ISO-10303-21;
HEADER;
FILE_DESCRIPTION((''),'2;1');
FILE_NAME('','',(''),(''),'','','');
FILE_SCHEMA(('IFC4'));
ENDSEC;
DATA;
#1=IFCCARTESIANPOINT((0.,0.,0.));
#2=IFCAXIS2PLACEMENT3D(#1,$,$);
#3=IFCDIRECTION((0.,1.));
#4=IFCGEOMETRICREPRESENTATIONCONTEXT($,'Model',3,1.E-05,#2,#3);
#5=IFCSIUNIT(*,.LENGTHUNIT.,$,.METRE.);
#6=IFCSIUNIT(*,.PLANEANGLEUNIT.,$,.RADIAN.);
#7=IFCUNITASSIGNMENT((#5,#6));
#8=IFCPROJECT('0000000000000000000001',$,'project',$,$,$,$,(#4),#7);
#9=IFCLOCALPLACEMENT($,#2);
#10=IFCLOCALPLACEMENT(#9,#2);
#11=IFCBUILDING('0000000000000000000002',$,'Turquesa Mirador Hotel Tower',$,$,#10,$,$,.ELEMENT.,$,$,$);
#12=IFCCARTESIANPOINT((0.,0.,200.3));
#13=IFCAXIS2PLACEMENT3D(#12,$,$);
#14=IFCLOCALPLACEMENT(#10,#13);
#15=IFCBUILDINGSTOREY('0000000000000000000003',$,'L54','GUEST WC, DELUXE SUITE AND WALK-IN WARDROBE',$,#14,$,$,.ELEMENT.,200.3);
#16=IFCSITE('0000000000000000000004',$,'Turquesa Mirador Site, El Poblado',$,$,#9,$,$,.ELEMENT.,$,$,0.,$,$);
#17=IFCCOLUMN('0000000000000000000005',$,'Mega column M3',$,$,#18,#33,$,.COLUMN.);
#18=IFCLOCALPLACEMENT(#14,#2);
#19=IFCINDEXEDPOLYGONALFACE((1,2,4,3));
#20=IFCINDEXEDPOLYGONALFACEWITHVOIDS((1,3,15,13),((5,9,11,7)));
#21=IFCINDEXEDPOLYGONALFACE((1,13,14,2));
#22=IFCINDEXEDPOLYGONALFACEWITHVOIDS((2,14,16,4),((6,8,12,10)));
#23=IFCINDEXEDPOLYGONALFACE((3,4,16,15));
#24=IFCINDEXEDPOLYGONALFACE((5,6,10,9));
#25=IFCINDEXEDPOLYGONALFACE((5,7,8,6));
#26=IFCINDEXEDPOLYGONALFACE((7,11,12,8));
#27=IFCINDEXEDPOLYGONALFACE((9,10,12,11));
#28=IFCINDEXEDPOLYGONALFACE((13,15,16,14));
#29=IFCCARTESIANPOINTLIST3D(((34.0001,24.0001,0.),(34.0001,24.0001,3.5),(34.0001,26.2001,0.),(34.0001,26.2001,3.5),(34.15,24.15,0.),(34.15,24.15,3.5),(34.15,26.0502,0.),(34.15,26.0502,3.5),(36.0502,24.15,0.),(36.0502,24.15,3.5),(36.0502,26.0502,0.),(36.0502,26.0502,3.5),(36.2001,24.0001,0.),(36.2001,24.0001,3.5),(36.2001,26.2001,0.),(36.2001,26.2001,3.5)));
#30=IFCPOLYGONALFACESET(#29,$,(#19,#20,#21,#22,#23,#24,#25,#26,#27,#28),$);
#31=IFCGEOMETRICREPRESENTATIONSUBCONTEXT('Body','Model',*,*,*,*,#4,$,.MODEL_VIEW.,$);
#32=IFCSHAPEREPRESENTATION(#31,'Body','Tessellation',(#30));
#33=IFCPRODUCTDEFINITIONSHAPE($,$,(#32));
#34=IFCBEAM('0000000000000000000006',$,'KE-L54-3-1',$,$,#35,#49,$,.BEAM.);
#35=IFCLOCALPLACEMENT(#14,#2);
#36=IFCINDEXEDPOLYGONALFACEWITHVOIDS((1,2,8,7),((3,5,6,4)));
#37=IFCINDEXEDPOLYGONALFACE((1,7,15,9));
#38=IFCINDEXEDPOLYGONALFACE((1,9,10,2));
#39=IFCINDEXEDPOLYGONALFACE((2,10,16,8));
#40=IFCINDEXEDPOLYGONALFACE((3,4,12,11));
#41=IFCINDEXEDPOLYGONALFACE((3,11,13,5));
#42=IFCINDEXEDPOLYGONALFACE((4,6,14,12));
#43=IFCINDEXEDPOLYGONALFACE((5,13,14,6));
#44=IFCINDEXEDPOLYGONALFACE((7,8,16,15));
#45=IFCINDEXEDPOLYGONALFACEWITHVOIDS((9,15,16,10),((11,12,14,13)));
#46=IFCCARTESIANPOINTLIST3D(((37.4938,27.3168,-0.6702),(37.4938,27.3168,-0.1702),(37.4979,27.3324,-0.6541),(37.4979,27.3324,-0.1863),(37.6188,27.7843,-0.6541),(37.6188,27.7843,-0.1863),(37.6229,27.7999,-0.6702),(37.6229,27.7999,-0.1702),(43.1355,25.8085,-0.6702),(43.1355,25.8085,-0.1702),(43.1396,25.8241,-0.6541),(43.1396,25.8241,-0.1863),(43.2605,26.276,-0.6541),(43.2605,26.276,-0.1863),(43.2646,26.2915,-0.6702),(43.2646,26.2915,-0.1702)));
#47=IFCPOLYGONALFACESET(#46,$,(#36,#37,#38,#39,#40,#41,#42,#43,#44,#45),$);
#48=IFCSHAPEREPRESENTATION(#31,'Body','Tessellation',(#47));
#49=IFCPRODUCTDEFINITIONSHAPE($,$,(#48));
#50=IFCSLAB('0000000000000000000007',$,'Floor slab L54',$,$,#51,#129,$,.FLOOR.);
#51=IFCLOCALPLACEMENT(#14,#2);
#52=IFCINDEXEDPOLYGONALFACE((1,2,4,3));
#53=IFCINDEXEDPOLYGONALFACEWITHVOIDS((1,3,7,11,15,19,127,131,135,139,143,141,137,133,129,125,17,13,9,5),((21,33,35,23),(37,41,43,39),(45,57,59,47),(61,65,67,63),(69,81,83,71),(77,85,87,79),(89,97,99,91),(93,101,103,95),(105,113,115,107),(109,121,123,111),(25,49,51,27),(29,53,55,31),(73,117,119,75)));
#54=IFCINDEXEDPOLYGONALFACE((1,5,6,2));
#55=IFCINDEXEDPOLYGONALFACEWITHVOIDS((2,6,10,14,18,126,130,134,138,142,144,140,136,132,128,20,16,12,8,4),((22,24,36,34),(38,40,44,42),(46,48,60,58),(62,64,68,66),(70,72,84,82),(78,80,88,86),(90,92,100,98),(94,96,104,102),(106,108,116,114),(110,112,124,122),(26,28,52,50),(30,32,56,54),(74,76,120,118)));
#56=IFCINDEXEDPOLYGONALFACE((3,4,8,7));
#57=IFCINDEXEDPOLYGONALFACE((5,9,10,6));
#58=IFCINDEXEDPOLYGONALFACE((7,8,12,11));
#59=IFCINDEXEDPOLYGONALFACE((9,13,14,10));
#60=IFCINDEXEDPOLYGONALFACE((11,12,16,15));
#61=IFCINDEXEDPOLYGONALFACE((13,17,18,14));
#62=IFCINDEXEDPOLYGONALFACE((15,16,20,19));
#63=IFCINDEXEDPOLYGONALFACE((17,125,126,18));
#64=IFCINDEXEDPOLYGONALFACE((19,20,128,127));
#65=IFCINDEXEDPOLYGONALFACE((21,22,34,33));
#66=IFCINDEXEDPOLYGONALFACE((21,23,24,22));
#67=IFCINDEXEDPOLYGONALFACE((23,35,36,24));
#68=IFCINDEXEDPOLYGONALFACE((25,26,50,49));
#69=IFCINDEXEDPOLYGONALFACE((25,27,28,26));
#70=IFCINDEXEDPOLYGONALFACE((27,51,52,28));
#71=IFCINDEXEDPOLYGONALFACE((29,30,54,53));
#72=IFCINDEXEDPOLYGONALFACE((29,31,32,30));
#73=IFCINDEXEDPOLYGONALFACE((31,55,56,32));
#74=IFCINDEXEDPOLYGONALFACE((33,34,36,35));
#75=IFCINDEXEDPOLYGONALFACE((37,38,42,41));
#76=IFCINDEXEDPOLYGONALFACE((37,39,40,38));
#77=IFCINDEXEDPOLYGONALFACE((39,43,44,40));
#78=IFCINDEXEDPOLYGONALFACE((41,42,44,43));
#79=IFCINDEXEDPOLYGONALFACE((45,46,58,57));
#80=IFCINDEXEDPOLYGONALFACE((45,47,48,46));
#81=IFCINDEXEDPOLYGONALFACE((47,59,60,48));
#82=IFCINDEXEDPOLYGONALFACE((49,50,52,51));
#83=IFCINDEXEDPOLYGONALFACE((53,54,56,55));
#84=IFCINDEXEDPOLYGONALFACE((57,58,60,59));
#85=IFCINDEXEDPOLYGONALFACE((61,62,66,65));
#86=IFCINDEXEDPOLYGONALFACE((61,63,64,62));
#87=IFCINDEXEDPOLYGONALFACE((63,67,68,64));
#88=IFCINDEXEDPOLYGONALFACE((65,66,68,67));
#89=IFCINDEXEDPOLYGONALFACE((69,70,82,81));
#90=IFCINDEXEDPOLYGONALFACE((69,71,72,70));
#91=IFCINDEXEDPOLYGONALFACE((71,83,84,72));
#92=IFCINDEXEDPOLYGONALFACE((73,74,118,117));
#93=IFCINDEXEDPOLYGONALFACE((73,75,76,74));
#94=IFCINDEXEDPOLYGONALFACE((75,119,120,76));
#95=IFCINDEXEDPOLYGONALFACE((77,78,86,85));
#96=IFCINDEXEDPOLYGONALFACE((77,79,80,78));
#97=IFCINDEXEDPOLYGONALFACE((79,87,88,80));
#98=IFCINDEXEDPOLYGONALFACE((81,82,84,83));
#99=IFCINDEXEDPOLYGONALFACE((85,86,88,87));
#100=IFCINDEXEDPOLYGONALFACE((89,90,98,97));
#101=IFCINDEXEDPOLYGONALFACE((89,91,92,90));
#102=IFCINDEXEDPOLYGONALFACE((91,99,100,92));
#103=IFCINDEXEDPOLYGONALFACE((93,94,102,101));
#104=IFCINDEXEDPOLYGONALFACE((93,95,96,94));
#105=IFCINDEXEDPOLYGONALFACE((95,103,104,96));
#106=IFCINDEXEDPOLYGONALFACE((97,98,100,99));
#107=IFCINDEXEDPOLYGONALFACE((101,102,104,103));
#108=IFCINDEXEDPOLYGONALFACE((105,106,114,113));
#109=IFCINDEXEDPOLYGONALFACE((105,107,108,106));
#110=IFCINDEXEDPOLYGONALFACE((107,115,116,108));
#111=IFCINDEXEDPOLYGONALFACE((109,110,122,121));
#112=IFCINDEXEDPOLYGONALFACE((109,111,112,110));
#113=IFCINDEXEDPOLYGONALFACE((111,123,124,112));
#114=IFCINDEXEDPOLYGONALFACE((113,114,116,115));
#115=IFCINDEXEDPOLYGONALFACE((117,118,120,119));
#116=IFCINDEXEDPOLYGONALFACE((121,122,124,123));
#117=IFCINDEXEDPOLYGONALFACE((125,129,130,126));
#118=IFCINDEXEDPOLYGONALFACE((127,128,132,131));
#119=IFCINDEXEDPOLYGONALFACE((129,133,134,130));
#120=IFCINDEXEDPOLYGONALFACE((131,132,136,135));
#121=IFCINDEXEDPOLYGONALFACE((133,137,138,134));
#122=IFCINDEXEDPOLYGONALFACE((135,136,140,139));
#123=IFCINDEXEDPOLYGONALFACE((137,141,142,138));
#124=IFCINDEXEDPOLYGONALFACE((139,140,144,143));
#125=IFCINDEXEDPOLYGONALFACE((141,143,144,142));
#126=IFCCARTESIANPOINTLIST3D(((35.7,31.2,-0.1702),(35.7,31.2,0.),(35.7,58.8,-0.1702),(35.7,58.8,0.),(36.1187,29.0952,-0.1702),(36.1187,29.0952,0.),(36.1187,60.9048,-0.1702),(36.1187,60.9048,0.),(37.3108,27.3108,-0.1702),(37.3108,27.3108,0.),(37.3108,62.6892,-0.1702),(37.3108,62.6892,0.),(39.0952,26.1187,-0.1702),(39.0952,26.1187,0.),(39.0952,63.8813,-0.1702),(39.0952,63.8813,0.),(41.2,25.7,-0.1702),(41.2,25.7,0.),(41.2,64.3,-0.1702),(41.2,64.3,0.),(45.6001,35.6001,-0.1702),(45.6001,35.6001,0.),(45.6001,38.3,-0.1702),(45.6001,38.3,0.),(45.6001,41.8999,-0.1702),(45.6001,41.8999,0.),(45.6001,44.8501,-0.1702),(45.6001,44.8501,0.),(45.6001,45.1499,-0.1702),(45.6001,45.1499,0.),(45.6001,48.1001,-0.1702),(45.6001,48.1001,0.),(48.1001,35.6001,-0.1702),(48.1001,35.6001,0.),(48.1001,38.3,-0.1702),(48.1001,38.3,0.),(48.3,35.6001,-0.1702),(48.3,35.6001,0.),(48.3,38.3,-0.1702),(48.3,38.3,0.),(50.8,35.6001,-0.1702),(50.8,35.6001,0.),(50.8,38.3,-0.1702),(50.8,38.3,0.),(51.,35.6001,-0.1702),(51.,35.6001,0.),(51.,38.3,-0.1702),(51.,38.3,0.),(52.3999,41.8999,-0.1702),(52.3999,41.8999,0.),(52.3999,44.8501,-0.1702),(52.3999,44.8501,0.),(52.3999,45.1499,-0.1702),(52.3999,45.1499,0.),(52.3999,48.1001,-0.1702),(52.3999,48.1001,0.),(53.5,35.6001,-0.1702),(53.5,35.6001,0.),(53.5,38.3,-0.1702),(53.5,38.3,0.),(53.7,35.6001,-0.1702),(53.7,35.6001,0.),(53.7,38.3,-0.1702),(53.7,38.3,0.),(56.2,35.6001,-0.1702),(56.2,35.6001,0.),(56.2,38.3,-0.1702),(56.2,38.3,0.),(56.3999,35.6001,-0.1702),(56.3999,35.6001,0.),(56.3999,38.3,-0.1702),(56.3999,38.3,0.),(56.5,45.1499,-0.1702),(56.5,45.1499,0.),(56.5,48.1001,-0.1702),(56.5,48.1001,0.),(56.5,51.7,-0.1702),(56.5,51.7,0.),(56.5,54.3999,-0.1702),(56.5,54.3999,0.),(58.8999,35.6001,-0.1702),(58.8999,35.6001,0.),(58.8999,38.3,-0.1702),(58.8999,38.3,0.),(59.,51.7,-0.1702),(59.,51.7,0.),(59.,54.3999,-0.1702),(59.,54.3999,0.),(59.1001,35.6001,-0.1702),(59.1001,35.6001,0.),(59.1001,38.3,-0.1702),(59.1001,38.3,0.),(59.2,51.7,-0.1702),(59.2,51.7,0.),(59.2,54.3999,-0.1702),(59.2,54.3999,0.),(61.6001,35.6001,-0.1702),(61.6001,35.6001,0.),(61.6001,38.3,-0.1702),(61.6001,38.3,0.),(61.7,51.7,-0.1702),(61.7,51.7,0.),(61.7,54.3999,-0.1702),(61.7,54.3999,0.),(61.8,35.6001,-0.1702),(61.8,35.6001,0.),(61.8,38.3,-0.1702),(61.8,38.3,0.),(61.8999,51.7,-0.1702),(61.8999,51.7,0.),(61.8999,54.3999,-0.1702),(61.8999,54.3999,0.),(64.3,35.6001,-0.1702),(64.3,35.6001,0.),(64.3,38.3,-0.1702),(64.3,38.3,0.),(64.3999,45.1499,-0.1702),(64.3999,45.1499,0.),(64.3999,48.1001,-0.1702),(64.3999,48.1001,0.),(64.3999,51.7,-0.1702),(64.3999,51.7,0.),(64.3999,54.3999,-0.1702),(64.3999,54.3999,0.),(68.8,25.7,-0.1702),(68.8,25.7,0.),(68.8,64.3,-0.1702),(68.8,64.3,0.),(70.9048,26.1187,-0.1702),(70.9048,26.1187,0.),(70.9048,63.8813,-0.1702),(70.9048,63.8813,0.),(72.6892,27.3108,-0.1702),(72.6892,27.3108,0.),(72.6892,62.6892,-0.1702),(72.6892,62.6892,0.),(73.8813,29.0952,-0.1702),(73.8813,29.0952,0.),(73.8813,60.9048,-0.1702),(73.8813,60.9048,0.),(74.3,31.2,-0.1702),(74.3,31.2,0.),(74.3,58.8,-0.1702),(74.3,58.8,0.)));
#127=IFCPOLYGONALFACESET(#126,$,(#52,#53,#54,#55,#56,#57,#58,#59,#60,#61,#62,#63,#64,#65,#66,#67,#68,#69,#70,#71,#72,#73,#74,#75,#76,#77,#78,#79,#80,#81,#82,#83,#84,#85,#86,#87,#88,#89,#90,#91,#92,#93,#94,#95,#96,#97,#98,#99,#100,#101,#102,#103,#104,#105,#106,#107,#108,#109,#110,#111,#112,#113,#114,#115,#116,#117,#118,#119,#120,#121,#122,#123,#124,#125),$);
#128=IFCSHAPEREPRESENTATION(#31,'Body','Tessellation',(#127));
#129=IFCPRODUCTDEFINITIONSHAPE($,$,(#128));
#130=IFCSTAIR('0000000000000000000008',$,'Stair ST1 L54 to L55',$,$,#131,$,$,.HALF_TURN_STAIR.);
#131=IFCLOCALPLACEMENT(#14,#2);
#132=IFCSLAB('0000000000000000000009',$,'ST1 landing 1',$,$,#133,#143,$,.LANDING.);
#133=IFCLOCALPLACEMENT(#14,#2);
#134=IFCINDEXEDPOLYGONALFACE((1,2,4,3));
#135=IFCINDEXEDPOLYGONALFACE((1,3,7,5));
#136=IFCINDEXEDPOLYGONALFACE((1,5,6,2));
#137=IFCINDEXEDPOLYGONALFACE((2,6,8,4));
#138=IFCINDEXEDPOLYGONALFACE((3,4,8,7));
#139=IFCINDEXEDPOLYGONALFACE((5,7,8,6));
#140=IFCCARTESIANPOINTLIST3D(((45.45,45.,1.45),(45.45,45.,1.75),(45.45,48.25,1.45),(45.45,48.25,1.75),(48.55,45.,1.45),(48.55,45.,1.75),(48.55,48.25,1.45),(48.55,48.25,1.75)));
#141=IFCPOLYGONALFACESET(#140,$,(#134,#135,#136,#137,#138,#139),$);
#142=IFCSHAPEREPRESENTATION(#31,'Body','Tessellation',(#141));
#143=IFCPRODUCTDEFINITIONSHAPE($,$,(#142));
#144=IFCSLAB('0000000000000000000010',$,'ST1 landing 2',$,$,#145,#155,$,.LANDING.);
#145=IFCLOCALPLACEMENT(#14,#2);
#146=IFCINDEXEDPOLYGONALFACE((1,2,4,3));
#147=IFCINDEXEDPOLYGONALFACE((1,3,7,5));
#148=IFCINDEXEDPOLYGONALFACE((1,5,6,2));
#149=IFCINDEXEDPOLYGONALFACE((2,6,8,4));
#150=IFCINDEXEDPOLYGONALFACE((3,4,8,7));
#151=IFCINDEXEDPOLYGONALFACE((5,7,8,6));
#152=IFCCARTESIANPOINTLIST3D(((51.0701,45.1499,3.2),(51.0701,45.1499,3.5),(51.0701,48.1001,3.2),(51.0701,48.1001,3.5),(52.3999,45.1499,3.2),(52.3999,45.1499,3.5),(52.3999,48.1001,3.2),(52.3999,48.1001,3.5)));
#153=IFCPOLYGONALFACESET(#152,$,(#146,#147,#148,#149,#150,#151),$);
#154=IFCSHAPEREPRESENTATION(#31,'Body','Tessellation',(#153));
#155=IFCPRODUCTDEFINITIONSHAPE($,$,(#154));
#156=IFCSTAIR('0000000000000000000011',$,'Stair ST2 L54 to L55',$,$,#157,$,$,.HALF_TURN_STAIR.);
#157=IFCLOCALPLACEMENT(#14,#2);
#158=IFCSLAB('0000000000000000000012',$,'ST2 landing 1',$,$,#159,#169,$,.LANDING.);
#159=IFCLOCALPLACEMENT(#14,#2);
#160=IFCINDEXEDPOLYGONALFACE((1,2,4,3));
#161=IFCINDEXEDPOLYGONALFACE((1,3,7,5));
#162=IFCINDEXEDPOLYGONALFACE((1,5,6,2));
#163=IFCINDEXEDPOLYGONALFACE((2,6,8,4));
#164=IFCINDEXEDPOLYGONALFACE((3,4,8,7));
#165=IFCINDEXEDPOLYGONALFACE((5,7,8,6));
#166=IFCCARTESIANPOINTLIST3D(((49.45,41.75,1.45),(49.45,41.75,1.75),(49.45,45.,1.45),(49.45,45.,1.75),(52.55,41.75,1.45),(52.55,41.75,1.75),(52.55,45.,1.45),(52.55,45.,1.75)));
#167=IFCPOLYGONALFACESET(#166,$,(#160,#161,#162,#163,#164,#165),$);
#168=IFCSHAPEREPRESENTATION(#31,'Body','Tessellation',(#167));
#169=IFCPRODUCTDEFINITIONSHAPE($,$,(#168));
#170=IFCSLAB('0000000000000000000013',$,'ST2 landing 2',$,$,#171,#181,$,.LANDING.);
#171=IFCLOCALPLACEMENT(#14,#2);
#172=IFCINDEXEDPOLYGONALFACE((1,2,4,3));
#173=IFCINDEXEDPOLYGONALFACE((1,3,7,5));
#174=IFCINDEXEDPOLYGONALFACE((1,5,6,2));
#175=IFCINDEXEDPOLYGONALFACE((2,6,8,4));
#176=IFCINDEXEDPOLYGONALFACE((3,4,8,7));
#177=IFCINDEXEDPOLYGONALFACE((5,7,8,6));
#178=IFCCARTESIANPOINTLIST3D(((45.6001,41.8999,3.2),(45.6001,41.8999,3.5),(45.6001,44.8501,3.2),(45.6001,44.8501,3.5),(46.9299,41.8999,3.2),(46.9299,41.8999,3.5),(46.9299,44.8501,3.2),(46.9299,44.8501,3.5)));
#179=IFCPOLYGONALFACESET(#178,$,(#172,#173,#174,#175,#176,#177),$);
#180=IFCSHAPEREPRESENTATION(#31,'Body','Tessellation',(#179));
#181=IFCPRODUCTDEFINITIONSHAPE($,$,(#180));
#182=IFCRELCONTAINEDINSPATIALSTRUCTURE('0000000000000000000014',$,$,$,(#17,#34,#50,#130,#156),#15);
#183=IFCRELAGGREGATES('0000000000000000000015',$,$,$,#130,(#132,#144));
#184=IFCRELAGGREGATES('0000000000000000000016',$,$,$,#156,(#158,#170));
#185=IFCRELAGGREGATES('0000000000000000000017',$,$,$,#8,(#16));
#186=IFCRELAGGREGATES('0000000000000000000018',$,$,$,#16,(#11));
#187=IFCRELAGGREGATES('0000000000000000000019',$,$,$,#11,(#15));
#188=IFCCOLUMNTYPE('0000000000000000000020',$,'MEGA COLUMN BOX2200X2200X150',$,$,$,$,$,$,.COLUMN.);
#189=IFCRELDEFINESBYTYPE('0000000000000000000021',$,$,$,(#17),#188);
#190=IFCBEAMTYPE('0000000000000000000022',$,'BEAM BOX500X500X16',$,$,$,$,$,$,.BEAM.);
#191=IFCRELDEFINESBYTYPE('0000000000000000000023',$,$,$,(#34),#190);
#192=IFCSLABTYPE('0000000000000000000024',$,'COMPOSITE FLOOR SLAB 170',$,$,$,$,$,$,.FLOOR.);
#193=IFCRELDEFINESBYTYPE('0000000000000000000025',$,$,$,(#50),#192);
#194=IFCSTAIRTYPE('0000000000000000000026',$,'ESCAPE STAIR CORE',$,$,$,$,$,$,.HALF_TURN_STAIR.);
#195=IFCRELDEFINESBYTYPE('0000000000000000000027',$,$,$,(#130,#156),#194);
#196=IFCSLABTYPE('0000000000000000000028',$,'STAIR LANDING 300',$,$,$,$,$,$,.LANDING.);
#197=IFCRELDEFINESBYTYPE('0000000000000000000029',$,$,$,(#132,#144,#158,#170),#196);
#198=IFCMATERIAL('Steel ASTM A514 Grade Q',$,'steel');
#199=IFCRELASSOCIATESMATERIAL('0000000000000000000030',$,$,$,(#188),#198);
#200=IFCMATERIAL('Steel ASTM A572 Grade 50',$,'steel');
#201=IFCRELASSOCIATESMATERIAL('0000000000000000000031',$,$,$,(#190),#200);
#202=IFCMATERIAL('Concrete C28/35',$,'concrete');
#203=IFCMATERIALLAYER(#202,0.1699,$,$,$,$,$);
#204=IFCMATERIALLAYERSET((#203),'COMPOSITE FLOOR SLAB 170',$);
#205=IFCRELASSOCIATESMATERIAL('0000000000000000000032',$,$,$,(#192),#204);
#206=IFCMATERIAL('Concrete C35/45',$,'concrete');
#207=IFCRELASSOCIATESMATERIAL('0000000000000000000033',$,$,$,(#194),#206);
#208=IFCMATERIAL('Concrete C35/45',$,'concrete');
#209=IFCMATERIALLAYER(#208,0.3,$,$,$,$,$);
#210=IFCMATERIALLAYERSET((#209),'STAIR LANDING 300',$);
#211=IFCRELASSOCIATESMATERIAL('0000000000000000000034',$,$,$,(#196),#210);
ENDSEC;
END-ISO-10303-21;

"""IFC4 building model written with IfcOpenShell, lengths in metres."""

from ifc_helpers import new_model, si_unit, direction, frame, origin, origin_2d, place, context, subcontext, project, spatial, polyline, hollow_rectangle, outline, extrude, material, layer, layer_set, material_profile, profile_set, type_object, element, aggregate, save


model = new_model("IFC4")

# Units and contexts
model_context = context("Model", 3, precision=1e-05, world=origin(), true_north=direction((0.0, 1.0)))
body_context = subcontext(model_context, "Body", "Model", "MODEL_VIEW")
ifc_project = project(units=[si_unit("LENGTHUNIT", "METRE"), si_unit("PLANEANGLEUNIT", "RADIAN")], contexts=[model_context])

# Site, building, storey
site_placement = place(None, origin())
site = spatial("IfcSite", under=ifc_project, at=site_placement, Name="Turquesa Mirador Site, El Poblado", CompositionType="ELEMENT", RefElevation=0.0)
building_placement = place(site_placement, origin())
building = spatial("IfcBuilding", under=site, at=building_placement, Name="Turquesa Mirador Hotel Tower", CompositionType="ELEMENT")
storey_placement = place(building_placement, frame((0.0, 0.0, 200.3)))
storey = spatial("IfcBuildingStorey", under=building, at=storey_placement, Name="L54", Description="GUEST WC, DELUXE SUITE AND WALK-IN WARDROBE", CompositionType="ELEMENT", Elevation=200.3)

# Column
ifc_material_1 = material(Name="Steel ASTM A514 Grade Q", Category="steel")
ifc_material_profile_1 = material_profile(ifc_material_1, hollow_rectangle(XDim=2.2, YDim=2.2, WallThickness=0.1499, at=origin_2d()), Name="BOX2200X2200X150")
ifc_profile_set_1 = profile_set([ifc_material_profile_1], Name="Steel ASTM A514 Grade Q")
column_type = type_object("IfcColumnType", Name="MEGA COLUMN BOX2200X2200X150", PredefinedType="COLUMN", material=ifc_profile_set_1)
column_placement = place(storey_placement, frame((35.1001, 25.1001, 0.0), z_axis=(0.0, 0.0, 1.0), x_axis=(1.0, 0.0, 0.0)))
element("IfcColumn", 1, at=column_placement, inside=storey, type_object=column_type, Name="Mega column M3", PredefinedType="COLUMN", context=body_context, shape_type="SweptSolid", body=[
    extrude(hollow_rectangle(XDim=2.2, YDim=2.2, WallThickness=0.1499, at=origin_2d()), origin(), (0.0, 0.0, 1.0), 3.5),
])

# Beam
ifc_material_2 = material(Name="Steel ASTM A572 Grade 50", Category="steel")
ifc_material_profile_2 = material_profile(ifc_material_2, hollow_rectangle(XDim=0.5, YDim=0.5, WallThickness=0.0161, at=origin_2d()), Name="BOX500X500X16")
ifc_profile_set_2 = profile_set([ifc_material_profile_2], Name="Steel ASTM A572 Grade 50")
beam_type = type_object("IfcBeamType", Name="BEAM BOX500X500X16", PredefinedType="BEAM", material=ifc_profile_set_2)
beam_placement = place(storey_placement, frame((37.5583, 27.5583, -0.4202), z_axis=(0.96607, -0.258282, 0.0), x_axis=(0.258282, 0.96607, 0.0)))
element("IfcBeam", 2, at=beam_placement, inside=storey, type_object=beam_type, Name="KE-L54-3-1", PredefinedType="BEAM", context=body_context, shape_type="SweptSolid", body=[
    extrude(hollow_rectangle(XDim=0.5, YDim=0.5, WallThickness=0.0161, at=origin_2d()), origin(), (0.0, 0.0, 1.0), 5.8398),
])

# Slab
ifc_material_3 = material(Name="Concrete C28/35", Category="concrete")
ifc_layer_1 = layer(ifc_material_3, 0.1699)
ifc_layer_set_1 = layer_set([ifc_layer_1], Name="COMPOSITE FLOOR SLAB 170")
slab_type_1 = type_object("IfcSlabType", Name="COMPOSITE FLOOR SLAB 170", PredefinedType="FLOOR", material=ifc_layer_set_1)
slab_1_placement = place(storey_placement, frame((0.0, 0.0, -0.1702)))
element("IfcSlab", 3, at=slab_1_placement, inside=storey, type_object=slab_type_1, Name="Floor slab L54", PredefinedType="FLOOR", context=body_context, shape_type="SweptSolid", body=[
    extrude(outline(polyline([(68.8, 25.7), (70.9048, 26.1187), (72.6892, 27.3108), (73.8813, 29.0952), (74.3, 31.2), (74.3, 58.8), (73.8813, 60.9048), (72.6892, 62.6892), (70.9048, 63.8813), (68.8, 64.3), (41.2, 64.3), (39.0952, 63.8813), (37.3108, 62.6892), (36.1187, 60.9048), (35.7, 58.8), (35.7, 31.2), (36.1187, 29.0952), (37.3108, 27.3108), (39.0952, 26.1187), (41.2, 25.7), (68.8, 25.7)]), holes=[polyline([(56.5, 51.7), (59.0, 51.7), (59.0, 54.3999), (56.5, 54.3999), (56.5, 51.7)]), polyline([(59.2, 51.7), (61.7, 51.7), (61.7, 54.3999), (59.2, 54.3999), (59.2, 51.7)]), polyline([(45.6001, 35.6001), (48.1001, 35.6001), (48.1001, 38.3), (45.6001, 38.3), (45.6001, 35.6001)]), polyline([(48.3, 35.6001), (50.8, 35.6001), (50.8, 38.3), (48.3, 38.3), (48.3, 35.6001)]), polyline([(51.0, 35.6001), (53.5, 35.6001), (53.5, 38.3), (51.0, 38.3), (51.0, 35.6001)]), polyline([(53.7, 35.6001), (56.2, 35.6001), (56.2, 38.3), (53.7, 38.3), (53.7, 35.6001)]), polyline([(56.3999, 35.6001), (58.8999, 35.6001), (58.8999, 38.3), (56.3999, 38.3), (56.3999, 35.6001)]), polyline([(59.1001, 35.6001), (61.6001, 35.6001), (61.6001, 38.3), (59.1001, 38.3), (59.1001, 35.6001)]), polyline([(61.8, 35.6001), (64.3, 35.6001), (64.3, 38.3), (61.8, 38.3), (61.8, 35.6001)]), polyline([(45.6001, 45.1499), (52.3999, 45.1499), (52.3999, 48.1001), (45.6001, 48.1001), (45.6001, 45.1499)]), polyline([(45.6001, 41.8999), (52.3999, 41.8999), (52.3999, 44.8501), (45.6001, 44.8501), (45.6001, 41.8999)]), polyline([(56.5, 45.1499), (64.3999, 45.1499), (64.3999, 48.1001), (56.5, 48.1001), (56.5, 45.1499)]), polyline([(61.8999, 51.7), (64.3999, 51.7), (64.3999, 54.3999), (61.8999, 54.3999), (61.8999, 51.7)])]), origin(), (0.0, 0.0, 1.0), 0.1702),
])

# Stairs, slabs
ifc_material_4 = material(Name="Concrete C35/45", Category="concrete")
stair_type = type_object("IfcStairType", Name="ESCAPE STAIR CORE", PredefinedType="HALF_TURN_STAIR", material=ifc_material_4)
stair_1_placement = place(storey_placement, origin())
stair_1 = element("IfcStair", 4, at=stair_1_placement, inside=storey, type_object=stair_type, Name="Stair ST1 L54 to L55", PredefinedType="HALF_TURN_STAIR")
ifc_material_5 = material(Name="Concrete C35/45", Category="concrete")
ifc_layer_2 = layer(ifc_material_5, 0.3)
ifc_layer_set_2 = layer_set([ifc_layer_2], Name="STAIR LANDING 300")
slab_type_2 = type_object("IfcSlabType", Name="STAIR LANDING 300", PredefinedType="LANDING", material=ifc_layer_set_2)
slab_2_placement = place(storey_placement, frame((0.0, 0.0, 1.45)))
slab_2 = element("IfcSlab", 5, at=slab_2_placement, type_object=slab_type_2, Name="ST1 landing 1", PredefinedType="LANDING", context=body_context, shape_type="SweptSolid", body=[
    extrude(outline(polyline([(45.45, 45.0), (48.55, 45.0), (48.55, 48.25), (45.45, 48.25), (45.45, 45.0)])), origin(), (0.0, 0.0, 1.0), 0.3),
])
slab_3_placement = place(storey_placement, frame((0.0, 0.0, 3.2)))
slab_3 = element("IfcSlab", 6, at=slab_3_placement, type_object=slab_type_2, Name="ST1 landing 2", PredefinedType="LANDING", context=body_context, shape_type="SweptSolid", body=[
    extrude(outline(polyline([(51.0701, 45.1499), (52.3999, 45.1499), (52.3999, 48.1001), (51.0701, 48.1001), (51.0701, 45.1499)])), origin(), (0.0, 0.0, 1.0), 0.3),
])
aggregate(stair_1, [slab_2, slab_3])
stair_2_placement = place(storey_placement, origin())
stair_2 = element("IfcStair", 7, at=stair_2_placement, inside=storey, type_object=stair_type, Name="Stair ST2 L54 to L55", PredefinedType="HALF_TURN_STAIR")
slab_4_placement = place(storey_placement, frame((0.0, 0.0, 1.45)))
slab_4 = element("IfcSlab", 8, at=slab_4_placement, type_object=slab_type_2, Name="ST2 landing 1", PredefinedType="LANDING", context=body_context, shape_type="SweptSolid", body=[
    extrude(outline(polyline([(52.55, 45.0), (49.45, 45.0), (49.45, 41.75), (52.55, 41.75), (52.55, 45.0)])), origin(), (0.0, 0.0, 1.0), 0.3),
])
slab_5_placement = place(storey_placement, frame((0.0, 0.0, 3.2)))
slab_5 = element("IfcSlab", 9, at=slab_5_placement, type_object=slab_type_2, Name="ST2 landing 2", PredefinedType="LANDING", context=body_context, shape_type="SweptSolid", body=[
    extrude(outline(polyline([(46.9299, 44.8501), (45.6001, 44.8501), (45.6001, 41.8999), (46.9299, 41.8999), (46.9299, 44.8501)])), origin(), (0.0, 0.0, 1.0), 0.3),
])
aggregate(stair_2, [slab_4, slab_5])

save(model, "model.ifc")
